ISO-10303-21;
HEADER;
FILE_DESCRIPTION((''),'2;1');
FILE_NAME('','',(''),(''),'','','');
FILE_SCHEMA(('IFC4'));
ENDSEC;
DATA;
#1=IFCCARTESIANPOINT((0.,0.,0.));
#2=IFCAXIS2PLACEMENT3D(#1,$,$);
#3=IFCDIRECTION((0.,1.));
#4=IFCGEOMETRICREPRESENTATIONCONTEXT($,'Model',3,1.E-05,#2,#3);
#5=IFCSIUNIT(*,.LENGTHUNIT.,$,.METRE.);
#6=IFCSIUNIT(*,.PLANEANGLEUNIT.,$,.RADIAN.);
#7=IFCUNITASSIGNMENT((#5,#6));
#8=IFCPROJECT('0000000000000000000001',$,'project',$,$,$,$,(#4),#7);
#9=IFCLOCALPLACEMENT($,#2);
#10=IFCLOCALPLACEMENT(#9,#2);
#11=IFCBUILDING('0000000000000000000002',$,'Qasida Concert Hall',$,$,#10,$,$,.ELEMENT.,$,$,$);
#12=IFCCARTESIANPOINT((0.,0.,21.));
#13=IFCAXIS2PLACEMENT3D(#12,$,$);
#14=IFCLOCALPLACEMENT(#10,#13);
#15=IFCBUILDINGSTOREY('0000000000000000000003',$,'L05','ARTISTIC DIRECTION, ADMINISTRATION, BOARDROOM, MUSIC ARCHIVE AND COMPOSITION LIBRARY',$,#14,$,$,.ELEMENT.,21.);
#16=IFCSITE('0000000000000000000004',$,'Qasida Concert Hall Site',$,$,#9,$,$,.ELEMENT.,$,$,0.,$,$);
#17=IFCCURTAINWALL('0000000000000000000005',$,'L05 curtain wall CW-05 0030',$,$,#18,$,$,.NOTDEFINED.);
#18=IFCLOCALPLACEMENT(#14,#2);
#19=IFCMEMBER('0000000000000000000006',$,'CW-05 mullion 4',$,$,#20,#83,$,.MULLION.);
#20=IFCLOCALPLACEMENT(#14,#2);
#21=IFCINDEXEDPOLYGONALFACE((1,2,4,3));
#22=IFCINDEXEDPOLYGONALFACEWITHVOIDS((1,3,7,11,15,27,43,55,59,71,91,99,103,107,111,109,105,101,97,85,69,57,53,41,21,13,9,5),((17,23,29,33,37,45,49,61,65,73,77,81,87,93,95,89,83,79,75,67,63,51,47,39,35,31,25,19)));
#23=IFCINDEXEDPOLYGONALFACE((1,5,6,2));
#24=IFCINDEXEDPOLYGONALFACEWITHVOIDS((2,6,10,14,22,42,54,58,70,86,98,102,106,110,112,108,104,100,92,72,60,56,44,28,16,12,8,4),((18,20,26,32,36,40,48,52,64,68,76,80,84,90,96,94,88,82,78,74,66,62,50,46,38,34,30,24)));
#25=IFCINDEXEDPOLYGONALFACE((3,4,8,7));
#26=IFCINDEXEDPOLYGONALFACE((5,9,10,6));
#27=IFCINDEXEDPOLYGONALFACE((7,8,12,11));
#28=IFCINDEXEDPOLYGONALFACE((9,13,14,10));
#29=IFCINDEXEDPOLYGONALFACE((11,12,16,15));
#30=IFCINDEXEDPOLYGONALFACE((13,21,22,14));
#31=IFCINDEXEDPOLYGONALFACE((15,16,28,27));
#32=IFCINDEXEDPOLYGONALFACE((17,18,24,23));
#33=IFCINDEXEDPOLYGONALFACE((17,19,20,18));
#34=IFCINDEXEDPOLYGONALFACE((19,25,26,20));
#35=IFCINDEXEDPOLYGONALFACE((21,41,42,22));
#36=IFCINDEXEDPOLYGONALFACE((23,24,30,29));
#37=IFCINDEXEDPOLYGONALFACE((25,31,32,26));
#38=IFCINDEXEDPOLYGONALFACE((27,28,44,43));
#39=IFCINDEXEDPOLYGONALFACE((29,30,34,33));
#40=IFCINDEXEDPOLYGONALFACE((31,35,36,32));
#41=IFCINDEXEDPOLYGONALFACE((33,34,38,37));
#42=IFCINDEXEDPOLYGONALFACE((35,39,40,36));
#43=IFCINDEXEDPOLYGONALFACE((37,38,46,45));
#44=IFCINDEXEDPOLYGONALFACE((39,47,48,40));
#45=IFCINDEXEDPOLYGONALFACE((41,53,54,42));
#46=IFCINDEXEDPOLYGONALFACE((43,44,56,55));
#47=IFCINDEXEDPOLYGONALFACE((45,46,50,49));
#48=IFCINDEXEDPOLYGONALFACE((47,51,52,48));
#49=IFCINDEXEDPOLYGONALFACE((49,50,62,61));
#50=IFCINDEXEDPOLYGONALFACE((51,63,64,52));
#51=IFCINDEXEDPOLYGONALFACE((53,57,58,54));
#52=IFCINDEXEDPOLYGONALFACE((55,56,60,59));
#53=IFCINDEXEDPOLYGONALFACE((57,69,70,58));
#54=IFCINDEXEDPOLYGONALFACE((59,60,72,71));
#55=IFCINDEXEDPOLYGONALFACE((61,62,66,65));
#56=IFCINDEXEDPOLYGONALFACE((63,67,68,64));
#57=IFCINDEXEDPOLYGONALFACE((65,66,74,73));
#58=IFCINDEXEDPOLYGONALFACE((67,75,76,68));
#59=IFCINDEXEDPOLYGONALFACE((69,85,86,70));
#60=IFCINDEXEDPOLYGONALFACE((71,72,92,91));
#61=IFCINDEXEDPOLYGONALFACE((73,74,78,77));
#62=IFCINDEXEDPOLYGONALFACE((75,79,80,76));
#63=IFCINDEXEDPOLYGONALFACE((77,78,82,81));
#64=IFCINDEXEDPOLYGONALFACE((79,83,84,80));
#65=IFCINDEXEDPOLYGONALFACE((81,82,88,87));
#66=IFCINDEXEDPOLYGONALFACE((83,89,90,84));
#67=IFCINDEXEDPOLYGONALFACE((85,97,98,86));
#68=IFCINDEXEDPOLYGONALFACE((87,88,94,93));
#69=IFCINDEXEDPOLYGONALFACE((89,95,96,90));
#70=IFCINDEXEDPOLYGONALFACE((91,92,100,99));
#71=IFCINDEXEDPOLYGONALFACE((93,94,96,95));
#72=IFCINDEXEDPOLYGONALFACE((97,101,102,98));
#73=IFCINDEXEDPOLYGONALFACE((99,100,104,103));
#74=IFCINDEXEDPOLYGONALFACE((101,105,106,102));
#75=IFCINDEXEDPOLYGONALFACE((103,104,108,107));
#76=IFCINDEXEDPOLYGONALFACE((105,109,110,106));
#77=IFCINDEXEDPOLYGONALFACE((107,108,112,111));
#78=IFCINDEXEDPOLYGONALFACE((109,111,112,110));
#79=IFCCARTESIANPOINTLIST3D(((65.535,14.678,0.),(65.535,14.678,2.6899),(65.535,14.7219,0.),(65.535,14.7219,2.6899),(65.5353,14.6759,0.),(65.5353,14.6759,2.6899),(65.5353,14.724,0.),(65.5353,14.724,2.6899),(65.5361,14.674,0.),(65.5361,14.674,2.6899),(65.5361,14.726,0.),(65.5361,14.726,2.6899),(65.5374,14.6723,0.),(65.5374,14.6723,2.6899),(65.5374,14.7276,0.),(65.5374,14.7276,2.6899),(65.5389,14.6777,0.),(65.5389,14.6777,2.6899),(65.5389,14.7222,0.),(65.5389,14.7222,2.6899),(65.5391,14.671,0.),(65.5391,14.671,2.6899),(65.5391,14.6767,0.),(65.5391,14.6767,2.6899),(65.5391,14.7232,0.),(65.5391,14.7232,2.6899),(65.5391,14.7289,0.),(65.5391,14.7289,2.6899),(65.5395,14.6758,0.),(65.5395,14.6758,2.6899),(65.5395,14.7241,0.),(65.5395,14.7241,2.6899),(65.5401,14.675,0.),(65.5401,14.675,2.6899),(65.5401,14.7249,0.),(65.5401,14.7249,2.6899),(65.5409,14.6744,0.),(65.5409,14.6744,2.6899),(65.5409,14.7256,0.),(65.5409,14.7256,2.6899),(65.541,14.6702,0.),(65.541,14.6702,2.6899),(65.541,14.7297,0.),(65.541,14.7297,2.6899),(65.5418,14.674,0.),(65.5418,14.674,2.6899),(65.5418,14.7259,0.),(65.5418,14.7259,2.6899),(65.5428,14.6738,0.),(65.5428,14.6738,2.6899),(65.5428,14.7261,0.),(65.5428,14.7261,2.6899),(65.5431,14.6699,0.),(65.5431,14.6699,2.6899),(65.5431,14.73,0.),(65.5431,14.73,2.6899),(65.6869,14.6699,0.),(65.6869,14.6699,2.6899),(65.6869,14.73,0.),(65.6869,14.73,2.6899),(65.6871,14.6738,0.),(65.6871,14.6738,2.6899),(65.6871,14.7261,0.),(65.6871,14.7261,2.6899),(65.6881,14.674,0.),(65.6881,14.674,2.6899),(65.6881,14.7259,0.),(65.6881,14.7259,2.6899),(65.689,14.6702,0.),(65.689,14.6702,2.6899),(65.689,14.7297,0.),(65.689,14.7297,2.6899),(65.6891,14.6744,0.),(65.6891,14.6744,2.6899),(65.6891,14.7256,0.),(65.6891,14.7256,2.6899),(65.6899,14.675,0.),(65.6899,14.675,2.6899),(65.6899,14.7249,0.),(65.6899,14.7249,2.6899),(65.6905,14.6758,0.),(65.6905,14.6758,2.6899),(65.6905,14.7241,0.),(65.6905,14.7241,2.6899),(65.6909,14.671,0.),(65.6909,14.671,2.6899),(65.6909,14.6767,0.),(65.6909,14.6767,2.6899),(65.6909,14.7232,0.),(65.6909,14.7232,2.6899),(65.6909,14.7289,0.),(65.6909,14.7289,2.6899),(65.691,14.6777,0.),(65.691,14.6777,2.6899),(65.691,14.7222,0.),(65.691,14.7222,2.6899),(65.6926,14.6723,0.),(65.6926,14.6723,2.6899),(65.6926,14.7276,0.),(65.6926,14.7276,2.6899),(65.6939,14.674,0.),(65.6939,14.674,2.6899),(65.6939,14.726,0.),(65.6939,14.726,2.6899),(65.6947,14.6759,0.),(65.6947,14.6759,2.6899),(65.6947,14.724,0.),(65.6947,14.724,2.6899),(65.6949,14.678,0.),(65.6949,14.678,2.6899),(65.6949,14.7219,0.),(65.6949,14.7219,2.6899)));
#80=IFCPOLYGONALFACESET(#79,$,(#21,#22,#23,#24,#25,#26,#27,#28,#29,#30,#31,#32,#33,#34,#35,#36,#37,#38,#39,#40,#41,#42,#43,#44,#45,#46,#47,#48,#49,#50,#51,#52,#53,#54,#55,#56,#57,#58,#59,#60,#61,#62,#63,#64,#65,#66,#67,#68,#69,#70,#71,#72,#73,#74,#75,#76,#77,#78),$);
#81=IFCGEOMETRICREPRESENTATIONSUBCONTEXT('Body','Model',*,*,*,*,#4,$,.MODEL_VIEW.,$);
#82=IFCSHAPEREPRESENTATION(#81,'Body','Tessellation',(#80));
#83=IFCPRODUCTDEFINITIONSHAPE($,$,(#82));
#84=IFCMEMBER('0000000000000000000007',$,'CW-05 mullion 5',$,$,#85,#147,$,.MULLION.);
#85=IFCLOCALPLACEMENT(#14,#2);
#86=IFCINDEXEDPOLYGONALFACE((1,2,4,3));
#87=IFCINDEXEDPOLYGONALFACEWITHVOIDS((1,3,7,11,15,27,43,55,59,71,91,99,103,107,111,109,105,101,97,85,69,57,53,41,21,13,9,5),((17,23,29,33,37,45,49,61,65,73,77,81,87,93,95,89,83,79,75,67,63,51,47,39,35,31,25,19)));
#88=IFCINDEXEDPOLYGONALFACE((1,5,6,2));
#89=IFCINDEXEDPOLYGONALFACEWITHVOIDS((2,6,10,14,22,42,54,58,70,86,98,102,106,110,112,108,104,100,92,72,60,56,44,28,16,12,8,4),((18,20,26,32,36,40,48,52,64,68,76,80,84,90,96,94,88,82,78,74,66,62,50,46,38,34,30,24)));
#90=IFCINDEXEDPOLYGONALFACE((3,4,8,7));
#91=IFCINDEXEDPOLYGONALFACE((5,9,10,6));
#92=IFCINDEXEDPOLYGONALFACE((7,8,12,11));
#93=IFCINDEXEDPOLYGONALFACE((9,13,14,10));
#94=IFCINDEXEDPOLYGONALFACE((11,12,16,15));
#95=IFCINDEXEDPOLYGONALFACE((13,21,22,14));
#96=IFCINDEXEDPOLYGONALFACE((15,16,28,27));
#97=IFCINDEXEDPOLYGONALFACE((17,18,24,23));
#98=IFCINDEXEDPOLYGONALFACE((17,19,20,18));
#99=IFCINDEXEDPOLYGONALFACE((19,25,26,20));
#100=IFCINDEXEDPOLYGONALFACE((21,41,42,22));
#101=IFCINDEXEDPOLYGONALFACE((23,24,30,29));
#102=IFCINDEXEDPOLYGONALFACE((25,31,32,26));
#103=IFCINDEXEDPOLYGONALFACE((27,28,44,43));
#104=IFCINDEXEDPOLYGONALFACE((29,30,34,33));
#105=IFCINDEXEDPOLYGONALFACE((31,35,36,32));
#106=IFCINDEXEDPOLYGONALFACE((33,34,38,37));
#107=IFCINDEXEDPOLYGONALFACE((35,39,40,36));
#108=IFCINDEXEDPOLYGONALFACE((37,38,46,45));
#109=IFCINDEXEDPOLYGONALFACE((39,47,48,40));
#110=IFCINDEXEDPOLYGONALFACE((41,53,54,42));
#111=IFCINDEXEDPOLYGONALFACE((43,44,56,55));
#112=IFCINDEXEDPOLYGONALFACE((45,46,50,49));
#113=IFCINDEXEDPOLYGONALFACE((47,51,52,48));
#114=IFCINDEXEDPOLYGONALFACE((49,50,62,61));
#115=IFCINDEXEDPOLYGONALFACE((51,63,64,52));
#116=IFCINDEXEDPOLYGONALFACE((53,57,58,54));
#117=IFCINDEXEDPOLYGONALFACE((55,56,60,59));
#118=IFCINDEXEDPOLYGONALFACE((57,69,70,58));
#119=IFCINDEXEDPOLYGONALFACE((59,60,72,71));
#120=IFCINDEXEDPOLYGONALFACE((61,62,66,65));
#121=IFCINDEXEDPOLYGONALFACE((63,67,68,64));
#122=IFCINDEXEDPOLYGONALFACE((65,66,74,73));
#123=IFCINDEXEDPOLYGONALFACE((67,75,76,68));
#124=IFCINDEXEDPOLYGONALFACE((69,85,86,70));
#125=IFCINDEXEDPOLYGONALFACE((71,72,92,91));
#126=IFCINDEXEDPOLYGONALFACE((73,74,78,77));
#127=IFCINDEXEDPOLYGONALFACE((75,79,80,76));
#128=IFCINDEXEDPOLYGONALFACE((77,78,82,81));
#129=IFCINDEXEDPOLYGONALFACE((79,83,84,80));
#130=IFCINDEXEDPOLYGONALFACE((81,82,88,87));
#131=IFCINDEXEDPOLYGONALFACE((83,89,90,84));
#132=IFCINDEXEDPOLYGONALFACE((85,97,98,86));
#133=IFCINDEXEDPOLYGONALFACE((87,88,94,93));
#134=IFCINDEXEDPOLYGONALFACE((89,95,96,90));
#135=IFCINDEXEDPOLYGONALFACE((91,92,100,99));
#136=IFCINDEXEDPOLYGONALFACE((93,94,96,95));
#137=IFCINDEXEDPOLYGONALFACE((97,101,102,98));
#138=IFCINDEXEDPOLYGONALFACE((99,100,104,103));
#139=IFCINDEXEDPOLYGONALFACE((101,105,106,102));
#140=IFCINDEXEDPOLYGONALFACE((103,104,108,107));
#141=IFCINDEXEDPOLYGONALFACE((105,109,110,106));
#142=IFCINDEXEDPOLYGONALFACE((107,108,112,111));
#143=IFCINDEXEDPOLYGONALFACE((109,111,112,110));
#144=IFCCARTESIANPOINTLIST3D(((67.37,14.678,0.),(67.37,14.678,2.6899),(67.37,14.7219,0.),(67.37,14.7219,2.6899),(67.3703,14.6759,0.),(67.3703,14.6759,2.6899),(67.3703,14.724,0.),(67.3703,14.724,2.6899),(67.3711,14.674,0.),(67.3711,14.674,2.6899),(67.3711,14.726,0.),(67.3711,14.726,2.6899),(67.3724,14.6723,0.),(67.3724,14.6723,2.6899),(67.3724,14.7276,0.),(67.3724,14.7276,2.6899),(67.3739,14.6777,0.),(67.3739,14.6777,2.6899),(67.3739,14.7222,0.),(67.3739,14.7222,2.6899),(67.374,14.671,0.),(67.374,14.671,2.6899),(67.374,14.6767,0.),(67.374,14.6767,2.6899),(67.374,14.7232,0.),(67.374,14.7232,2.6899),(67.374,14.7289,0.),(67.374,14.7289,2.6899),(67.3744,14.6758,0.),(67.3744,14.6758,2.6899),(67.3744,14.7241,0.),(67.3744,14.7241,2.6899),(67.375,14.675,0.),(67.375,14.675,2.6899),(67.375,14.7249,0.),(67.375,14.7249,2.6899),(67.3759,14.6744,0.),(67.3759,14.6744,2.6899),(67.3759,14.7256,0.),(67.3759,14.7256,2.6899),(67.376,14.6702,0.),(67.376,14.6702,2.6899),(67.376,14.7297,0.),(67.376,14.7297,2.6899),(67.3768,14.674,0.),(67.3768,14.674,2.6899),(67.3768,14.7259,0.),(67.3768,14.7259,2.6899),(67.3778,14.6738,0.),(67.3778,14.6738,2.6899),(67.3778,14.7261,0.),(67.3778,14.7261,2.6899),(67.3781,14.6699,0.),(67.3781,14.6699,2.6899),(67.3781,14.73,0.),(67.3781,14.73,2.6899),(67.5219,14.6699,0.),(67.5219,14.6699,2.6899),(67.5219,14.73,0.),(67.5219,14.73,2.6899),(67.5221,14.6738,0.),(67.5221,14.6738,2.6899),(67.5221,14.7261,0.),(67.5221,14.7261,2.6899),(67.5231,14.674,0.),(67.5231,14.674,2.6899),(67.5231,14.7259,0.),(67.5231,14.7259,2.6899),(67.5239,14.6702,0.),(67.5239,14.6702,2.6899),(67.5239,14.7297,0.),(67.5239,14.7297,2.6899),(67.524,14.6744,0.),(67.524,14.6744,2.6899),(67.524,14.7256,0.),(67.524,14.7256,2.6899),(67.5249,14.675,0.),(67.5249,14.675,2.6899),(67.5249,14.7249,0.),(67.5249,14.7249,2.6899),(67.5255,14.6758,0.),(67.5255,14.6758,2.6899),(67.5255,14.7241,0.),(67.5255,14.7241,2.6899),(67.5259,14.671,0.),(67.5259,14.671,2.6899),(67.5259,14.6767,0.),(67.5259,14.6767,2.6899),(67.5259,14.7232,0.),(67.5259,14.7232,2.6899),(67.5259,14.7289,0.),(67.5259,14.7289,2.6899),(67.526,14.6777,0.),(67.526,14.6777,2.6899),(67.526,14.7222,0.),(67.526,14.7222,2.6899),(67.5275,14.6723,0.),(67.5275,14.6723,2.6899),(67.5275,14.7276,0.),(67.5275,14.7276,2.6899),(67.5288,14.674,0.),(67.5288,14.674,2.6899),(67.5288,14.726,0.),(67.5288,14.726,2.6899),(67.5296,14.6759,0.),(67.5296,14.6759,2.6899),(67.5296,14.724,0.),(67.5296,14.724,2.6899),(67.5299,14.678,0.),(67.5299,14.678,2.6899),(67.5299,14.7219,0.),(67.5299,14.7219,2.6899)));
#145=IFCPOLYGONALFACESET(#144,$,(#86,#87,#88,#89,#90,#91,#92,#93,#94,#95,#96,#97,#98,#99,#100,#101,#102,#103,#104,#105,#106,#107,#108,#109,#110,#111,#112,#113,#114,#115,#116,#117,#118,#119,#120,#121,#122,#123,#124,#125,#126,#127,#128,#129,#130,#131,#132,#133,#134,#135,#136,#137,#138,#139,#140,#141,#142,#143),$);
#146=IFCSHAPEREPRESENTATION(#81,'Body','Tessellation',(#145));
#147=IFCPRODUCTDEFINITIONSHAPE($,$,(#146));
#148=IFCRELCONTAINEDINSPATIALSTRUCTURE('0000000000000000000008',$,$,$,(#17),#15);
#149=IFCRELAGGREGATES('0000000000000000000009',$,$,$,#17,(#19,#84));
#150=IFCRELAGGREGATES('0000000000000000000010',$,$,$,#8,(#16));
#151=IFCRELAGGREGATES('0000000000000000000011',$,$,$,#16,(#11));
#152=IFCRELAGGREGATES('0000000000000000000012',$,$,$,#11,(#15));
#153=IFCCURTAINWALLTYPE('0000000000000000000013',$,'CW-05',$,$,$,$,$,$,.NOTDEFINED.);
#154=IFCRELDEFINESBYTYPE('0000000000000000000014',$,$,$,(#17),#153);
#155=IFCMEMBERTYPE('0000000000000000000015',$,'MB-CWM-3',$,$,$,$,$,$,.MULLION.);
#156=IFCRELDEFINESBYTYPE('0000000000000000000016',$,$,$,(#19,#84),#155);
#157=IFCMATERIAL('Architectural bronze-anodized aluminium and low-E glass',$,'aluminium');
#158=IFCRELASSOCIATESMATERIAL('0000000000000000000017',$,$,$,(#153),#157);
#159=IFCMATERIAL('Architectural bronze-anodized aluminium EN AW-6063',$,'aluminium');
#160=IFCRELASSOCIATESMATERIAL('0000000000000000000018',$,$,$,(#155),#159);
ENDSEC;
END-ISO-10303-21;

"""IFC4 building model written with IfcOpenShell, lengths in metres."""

from ifc_helpers import new_model, si_unit, direction, frame, origin, origin_2d, place, context, subcontext, project, spatial, hollow_rectangle, extrude, material, material_profile, profile_set, type_object, element, aggregate, save


model = new_model("IFC4")

# Units and contexts
model_context = context("Model", 3, precision=1e-05, world=origin(), true_north=direction((0.0, 1.0)))
body_context = subcontext(model_context, "Body", "Model", "MODEL_VIEW")
ifc_project = project(units=[si_unit("LENGTHUNIT", "METRE"), si_unit("PLANEANGLEUNIT", "RADIAN")], contexts=[model_context])

# Site, building, storey
site_placement = place(None, origin())
site = spatial("IfcSite", under=ifc_project, at=site_placement, Name="Qasida Concert Hall Site", CompositionType="ELEMENT", RefElevation=0.0)
building_placement = place(site_placement, origin())
building = spatial("IfcBuilding", under=site, at=building_placement, Name="Qasida Concert Hall", CompositionType="ELEMENT")
storey_placement = place(building_placement, frame((0.0, 0.0, 21.0)))
storey = spatial("IfcBuildingStorey", under=building, at=storey_placement, Name="L05", Description="ARTISTIC DIRECTION, ADMINISTRATION, BOARDROOM, MUSIC ARCHIVE AND COMPOSITION LIBRARY", CompositionType="ELEMENT", Elevation=21.0)

# Curtain wall, members
ifc_material_1 = material(Name="Architectural bronze-anodized aluminium and low-E glass", Category="aluminium")
curtain_wall_type = type_object("IfcCurtainWallType", Name="CW-05", PredefinedType="NOTDEFINED", material=ifc_material_1)
curtain_wall_1_placement = place(storey_placement, origin())
curtain_wall_1 = element("IfcCurtainWall", 1, at=curtain_wall_1_placement, inside=storey, type_object=curtain_wall_type, Name="L05 curtain wall CW-05 0030", PredefinedType="NOTDEFINED")
ifc_material_2 = material(Name="Architectural bronze-anodized aluminium EN AW-6063", Category="aluminium")
ifc_material_profile_1 = material_profile(ifc_material_2, hollow_rectangle(XDim=0.0601, YDim=0.1599, WallThickness=0.0039, InnerFilletRadius=0.0039, OuterFilletRadius=0.0081, at=origin_2d()), Name="CWM 160x60x4")
ifc_profile_set_1 = profile_set([ifc_material_profile_1], Name="Architectural bronze-anodized aluminium EN AW-6063")
member_type_1 = type_object("IfcMemberType", Name="MB-CWM-3", PredefinedType="MULLION", material=ifc_profile_set_1)
member_1_placement = place(storey_placement, frame((65.615, 14.7, 0.0), z_axis=(0.0, 0.0, 1.0), x_axis=(0.0, 1.0, 0.0)))
member_1 = element("IfcMember", 2, at=member_1_placement, type_object=member_type_1, Name="CW-05 mullion 4", PredefinedType="MULLION", context=body_context, shape_type="SweptSolid", body=[
    extrude(hollow_rectangle(XDim=0.0601, YDim=0.1599, WallThickness=0.0039, InnerFilletRadius=0.0039, OuterFilletRadius=0.0081, at=origin_2d()), origin(), (0.0, 0.0, 1.0), 2.6899),
])
member_2_placement = place(storey_placement, frame((67.45, 14.7, 0.0), z_axis=(0.0, 0.0, 1.0), x_axis=(0.0, 1.0, 0.0)))
member_2 = element("IfcMember", 3, at=member_2_placement, type_object=member_type_1, Name="CW-05 mullion 5", PredefinedType="MULLION", context=body_context, shape_type="SweptSolid", body=[
    extrude(hollow_rectangle(XDim=0.0601, YDim=0.1599, WallThickness=0.0039, InnerFilletRadius=0.0039, OuterFilletRadius=0.0081, at=origin_2d()), origin(), (0.0, 0.0, 1.0), 2.6899),
])

aggregate(curtain_wall_1, [member_1, member_2])

save(model, "model.ifc")
